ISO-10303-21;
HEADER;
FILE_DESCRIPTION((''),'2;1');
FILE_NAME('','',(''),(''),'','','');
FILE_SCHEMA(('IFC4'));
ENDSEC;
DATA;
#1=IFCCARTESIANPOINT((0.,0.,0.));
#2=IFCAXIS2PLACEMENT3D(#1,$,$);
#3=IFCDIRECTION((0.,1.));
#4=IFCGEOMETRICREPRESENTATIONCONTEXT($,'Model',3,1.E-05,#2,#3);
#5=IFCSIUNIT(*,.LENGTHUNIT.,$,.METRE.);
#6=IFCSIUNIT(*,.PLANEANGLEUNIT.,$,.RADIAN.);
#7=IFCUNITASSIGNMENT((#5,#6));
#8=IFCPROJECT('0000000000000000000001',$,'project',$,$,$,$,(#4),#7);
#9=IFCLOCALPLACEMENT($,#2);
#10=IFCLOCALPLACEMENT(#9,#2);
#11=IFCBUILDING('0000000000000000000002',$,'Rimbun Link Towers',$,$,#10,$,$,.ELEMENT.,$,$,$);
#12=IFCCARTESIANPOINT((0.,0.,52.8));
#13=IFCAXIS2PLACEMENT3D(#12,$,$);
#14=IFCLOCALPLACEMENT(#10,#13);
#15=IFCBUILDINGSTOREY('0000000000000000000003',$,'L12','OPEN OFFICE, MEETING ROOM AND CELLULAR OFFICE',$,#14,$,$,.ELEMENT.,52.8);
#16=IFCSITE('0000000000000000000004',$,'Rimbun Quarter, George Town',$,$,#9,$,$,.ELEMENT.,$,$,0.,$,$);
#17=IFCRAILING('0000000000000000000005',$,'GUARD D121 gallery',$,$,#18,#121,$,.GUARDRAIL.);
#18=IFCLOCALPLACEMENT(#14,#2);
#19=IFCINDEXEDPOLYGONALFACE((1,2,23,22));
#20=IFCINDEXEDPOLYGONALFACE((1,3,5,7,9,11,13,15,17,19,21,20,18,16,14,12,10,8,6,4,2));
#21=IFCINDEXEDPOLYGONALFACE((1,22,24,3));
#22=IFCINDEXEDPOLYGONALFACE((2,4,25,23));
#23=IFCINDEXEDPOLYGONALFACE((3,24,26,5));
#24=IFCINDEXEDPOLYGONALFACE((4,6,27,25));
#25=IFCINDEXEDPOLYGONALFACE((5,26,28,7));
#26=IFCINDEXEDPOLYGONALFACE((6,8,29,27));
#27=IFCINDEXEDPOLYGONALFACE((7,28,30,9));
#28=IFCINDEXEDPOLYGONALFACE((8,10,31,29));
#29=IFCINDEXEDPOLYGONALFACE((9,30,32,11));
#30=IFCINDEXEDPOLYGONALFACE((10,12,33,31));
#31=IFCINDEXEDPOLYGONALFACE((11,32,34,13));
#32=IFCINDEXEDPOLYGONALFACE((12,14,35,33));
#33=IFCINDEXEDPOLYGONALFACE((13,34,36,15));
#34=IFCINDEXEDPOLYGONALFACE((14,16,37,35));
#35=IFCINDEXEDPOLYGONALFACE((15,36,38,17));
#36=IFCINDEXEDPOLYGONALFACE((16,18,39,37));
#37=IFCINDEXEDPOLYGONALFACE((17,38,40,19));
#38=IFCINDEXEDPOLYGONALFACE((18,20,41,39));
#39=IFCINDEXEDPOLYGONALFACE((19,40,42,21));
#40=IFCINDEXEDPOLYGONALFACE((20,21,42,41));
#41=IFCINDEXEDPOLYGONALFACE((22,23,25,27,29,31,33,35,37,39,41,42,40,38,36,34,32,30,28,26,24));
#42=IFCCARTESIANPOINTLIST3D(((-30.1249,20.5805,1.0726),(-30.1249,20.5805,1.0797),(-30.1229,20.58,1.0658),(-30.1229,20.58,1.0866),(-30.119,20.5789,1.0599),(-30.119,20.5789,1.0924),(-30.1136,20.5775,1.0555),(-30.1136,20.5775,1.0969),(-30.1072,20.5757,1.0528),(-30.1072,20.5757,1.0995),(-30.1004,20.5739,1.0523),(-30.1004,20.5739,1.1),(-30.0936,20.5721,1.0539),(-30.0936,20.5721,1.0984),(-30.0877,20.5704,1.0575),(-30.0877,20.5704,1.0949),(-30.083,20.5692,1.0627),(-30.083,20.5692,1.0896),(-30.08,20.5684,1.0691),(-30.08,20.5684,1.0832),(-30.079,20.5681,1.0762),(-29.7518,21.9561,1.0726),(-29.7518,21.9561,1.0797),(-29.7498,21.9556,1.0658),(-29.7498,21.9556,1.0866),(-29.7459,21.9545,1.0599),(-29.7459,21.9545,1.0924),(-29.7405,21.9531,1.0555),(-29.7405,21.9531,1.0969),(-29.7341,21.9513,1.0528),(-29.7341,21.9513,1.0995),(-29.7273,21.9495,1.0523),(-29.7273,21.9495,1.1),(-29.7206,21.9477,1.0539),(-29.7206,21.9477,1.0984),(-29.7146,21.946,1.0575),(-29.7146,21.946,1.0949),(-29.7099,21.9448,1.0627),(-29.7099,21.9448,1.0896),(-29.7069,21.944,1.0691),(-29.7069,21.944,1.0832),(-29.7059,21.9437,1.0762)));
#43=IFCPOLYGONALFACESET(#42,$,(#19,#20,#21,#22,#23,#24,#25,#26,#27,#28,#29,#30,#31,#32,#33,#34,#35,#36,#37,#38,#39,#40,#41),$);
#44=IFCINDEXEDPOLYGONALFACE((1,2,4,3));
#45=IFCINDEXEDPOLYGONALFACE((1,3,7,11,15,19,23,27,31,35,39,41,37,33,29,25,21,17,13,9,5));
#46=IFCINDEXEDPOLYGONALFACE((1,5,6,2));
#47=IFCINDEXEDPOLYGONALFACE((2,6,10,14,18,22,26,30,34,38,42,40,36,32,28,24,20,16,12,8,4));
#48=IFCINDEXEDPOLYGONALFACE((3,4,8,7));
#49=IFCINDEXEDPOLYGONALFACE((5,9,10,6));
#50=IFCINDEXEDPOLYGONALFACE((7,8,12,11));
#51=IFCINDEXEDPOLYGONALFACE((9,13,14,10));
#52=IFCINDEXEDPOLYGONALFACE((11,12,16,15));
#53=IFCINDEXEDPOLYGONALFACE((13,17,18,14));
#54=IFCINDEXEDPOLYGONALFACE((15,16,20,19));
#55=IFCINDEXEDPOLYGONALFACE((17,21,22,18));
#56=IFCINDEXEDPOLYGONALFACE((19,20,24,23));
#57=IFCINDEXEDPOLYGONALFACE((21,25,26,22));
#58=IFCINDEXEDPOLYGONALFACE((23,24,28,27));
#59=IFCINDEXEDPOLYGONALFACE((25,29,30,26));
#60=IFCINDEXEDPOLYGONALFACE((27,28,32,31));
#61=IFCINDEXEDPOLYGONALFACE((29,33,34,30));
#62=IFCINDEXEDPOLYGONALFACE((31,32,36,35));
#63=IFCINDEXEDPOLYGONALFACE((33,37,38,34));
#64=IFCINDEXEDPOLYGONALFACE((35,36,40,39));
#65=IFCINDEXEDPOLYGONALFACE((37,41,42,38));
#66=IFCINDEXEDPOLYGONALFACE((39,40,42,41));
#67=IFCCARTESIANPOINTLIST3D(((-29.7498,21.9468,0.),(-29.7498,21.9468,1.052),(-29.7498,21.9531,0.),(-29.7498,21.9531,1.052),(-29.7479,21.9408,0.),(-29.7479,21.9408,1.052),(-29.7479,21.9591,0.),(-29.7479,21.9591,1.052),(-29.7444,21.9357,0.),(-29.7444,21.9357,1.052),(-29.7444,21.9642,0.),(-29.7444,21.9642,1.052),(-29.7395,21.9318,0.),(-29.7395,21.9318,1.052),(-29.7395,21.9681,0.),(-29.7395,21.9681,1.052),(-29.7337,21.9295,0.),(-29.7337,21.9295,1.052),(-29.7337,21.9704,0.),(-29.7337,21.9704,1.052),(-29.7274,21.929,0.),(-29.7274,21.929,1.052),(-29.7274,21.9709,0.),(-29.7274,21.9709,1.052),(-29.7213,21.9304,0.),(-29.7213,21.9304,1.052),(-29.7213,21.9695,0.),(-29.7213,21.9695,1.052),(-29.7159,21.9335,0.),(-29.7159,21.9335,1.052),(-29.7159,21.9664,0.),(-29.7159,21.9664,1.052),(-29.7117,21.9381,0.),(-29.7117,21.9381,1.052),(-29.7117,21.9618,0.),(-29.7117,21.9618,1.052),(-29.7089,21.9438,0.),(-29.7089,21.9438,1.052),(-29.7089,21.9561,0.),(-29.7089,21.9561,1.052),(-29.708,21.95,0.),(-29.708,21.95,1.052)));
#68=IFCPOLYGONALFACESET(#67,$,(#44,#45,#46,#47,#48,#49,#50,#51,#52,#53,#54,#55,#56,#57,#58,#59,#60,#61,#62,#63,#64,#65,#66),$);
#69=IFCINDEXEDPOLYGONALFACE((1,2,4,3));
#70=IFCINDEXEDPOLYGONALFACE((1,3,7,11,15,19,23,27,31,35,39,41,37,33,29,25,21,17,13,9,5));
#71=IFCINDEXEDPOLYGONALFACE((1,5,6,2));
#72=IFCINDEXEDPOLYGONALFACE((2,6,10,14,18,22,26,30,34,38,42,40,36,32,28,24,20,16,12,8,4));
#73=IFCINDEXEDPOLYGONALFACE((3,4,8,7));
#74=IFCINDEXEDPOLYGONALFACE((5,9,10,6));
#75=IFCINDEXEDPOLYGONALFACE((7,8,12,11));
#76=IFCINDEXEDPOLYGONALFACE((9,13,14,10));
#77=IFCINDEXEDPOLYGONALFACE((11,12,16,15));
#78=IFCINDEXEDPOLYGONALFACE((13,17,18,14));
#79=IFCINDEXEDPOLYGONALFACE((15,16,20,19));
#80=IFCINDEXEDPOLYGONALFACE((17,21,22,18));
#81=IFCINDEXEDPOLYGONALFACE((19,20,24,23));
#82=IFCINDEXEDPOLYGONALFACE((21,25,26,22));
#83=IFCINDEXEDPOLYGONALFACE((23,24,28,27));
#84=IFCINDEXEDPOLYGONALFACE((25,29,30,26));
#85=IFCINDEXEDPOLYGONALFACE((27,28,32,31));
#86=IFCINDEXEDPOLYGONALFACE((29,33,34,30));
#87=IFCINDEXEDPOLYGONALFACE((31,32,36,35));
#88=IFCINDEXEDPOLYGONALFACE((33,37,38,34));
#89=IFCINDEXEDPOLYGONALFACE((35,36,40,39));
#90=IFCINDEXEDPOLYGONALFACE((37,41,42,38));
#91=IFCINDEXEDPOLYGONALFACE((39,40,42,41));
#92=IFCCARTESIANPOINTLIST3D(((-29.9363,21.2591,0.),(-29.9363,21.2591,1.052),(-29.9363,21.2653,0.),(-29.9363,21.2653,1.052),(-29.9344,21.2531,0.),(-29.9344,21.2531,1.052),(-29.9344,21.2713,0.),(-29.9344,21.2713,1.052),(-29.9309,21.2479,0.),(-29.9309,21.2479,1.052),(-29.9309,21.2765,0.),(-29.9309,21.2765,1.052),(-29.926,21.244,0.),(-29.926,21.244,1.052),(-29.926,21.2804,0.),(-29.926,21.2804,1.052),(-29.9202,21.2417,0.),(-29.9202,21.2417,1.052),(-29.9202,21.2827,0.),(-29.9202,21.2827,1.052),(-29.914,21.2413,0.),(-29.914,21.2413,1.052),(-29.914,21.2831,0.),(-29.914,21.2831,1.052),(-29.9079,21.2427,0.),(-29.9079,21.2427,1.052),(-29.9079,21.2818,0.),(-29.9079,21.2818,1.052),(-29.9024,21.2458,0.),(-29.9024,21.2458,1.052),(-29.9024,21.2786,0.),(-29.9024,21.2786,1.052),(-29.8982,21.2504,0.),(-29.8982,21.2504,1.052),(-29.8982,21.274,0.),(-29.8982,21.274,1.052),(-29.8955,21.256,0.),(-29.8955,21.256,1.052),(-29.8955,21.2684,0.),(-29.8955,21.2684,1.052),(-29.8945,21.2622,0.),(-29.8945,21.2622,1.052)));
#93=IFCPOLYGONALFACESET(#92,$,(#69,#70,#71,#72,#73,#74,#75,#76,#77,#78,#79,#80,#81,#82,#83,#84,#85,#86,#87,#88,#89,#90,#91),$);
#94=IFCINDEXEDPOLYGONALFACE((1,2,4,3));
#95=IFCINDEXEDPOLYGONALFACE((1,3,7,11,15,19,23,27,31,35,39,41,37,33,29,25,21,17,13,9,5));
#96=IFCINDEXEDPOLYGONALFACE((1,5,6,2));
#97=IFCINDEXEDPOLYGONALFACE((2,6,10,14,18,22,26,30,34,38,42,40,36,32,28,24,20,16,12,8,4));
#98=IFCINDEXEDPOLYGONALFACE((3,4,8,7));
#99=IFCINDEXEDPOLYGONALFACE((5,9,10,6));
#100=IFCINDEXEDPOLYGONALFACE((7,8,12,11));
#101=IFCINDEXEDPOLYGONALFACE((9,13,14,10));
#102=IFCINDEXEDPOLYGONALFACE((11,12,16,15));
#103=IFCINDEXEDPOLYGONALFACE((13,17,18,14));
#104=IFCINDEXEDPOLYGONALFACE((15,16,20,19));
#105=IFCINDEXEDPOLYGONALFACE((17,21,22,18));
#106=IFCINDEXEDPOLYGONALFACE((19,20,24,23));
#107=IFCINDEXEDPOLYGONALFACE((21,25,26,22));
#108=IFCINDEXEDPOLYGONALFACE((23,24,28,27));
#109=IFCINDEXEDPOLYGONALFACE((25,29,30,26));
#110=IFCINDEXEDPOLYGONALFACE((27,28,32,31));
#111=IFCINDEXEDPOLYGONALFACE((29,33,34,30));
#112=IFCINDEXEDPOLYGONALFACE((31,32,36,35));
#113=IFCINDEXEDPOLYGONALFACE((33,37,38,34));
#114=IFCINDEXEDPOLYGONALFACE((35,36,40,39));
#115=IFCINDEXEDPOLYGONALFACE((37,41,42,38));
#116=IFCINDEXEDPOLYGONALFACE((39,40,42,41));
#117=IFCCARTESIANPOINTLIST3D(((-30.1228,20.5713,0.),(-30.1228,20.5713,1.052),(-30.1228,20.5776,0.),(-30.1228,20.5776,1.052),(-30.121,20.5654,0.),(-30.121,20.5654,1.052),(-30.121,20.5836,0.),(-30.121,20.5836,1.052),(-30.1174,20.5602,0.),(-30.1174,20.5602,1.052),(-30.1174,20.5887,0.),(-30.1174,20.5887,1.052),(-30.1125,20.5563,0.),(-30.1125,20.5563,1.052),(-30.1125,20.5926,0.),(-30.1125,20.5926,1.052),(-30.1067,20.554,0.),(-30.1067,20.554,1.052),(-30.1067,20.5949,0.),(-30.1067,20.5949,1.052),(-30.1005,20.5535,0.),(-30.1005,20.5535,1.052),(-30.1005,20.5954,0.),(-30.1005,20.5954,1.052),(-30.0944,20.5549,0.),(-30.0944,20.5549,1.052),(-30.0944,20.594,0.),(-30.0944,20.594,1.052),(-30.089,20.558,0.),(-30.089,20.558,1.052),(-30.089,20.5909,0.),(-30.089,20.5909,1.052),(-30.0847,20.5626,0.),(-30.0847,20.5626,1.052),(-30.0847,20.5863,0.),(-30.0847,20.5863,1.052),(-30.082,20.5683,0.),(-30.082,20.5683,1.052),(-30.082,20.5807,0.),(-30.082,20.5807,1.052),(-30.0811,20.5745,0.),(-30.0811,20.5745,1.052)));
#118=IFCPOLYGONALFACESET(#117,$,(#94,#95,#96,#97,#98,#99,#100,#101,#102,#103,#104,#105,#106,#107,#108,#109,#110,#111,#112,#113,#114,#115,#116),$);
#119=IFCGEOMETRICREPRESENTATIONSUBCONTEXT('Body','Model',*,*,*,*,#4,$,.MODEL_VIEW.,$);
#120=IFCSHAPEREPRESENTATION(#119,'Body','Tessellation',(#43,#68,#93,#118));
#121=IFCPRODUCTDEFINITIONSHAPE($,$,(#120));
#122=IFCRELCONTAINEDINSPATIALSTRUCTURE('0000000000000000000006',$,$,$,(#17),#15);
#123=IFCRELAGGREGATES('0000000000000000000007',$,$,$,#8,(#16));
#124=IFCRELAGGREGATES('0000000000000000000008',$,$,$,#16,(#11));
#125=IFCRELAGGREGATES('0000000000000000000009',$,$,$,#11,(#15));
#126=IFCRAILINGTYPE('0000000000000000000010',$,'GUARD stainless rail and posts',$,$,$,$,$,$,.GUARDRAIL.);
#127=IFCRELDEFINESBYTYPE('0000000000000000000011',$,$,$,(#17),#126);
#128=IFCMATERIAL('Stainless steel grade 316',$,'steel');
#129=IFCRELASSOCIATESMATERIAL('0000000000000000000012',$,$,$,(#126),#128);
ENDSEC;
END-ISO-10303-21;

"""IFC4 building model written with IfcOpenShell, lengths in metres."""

from ifc_helpers import new_model, si_unit, direction, frame, origin, origin_2d, place, context, subcontext, project, spatial, circle, extrude, material, type_object, element, save


model = new_model("IFC4")

# Units and contexts
model_context = context("Model", 3, precision=1e-05, world=origin(), true_north=direction((0.0, 1.0)))
body_context = subcontext(model_context, "Body", "Model", "MODEL_VIEW")
ifc_project = project(units=[si_unit("LENGTHUNIT", "METRE"), si_unit("PLANEANGLEUNIT", "RADIAN")], contexts=[model_context])

# Site, building, storey
site_placement = place(None, origin())
site = spatial("IfcSite", under=ifc_project, at=site_placement, Name="Rimbun Quarter, George Town", CompositionType="ELEMENT", RefElevation=0.0)
building_placement = place(site_placement, origin())
building = spatial("IfcBuilding", under=site, at=building_placement, Name="Rimbun Link Towers", CompositionType="ELEMENT")
storey_placement = place(building_placement, frame((0.0, 0.0, 52.8)))
storey = spatial("IfcBuildingStorey", under=building, at=storey_placement, Name="L12", Description="OPEN OFFICE, MEETING ROOM AND CELLULAR OFFICE", CompositionType="ELEMENT", Elevation=52.8)

# Railing
ifc_material_1 = material(Name="Stainless steel grade 316", Category="steel")
railing_type_1 = type_object("IfcRailingType", Name="GUARD stainless rail and posts", PredefinedType="GUARDRAIL", material=ifc_material_1)
railing_1_placement = place(storey_placement, frame((-29.729, 21.95, 0.0)))
element("IfcRailing", 1, at=railing_1_placement, inside=storey, type_object=railing_type_1, Name="GUARD D121 gallery", PredefinedType="GUARDRAIL", context=body_context, shape_type="SweptSolid", body=[
    extrude(circle(Radius=0.0239, at=origin_2d()), frame((0.0, 0.0, 1.0762), z_axis=(-0.261755, -0.965134, 0.0), x_axis=(0.965134, -0.261755, 0.0)), (0.0, 0.0, 1.0), 1.4253),
    extrude(circle(Radius=0.021, at=origin_2d()), origin(), (0.0, 0.0, 1.0), 1.052),
    extrude(circle(Radius=0.021, at=origin_2d()), frame((-0.1865, -0.6877, 0.0)), (0.0, 0.0, 1.0), 1.052),
    extrude(circle(Radius=0.021, at=origin_2d()), frame((-0.373, -1.3755, 0.0)), (0.0, 0.0, 1.0), 1.052),
])

save(model, "model.ifc")
